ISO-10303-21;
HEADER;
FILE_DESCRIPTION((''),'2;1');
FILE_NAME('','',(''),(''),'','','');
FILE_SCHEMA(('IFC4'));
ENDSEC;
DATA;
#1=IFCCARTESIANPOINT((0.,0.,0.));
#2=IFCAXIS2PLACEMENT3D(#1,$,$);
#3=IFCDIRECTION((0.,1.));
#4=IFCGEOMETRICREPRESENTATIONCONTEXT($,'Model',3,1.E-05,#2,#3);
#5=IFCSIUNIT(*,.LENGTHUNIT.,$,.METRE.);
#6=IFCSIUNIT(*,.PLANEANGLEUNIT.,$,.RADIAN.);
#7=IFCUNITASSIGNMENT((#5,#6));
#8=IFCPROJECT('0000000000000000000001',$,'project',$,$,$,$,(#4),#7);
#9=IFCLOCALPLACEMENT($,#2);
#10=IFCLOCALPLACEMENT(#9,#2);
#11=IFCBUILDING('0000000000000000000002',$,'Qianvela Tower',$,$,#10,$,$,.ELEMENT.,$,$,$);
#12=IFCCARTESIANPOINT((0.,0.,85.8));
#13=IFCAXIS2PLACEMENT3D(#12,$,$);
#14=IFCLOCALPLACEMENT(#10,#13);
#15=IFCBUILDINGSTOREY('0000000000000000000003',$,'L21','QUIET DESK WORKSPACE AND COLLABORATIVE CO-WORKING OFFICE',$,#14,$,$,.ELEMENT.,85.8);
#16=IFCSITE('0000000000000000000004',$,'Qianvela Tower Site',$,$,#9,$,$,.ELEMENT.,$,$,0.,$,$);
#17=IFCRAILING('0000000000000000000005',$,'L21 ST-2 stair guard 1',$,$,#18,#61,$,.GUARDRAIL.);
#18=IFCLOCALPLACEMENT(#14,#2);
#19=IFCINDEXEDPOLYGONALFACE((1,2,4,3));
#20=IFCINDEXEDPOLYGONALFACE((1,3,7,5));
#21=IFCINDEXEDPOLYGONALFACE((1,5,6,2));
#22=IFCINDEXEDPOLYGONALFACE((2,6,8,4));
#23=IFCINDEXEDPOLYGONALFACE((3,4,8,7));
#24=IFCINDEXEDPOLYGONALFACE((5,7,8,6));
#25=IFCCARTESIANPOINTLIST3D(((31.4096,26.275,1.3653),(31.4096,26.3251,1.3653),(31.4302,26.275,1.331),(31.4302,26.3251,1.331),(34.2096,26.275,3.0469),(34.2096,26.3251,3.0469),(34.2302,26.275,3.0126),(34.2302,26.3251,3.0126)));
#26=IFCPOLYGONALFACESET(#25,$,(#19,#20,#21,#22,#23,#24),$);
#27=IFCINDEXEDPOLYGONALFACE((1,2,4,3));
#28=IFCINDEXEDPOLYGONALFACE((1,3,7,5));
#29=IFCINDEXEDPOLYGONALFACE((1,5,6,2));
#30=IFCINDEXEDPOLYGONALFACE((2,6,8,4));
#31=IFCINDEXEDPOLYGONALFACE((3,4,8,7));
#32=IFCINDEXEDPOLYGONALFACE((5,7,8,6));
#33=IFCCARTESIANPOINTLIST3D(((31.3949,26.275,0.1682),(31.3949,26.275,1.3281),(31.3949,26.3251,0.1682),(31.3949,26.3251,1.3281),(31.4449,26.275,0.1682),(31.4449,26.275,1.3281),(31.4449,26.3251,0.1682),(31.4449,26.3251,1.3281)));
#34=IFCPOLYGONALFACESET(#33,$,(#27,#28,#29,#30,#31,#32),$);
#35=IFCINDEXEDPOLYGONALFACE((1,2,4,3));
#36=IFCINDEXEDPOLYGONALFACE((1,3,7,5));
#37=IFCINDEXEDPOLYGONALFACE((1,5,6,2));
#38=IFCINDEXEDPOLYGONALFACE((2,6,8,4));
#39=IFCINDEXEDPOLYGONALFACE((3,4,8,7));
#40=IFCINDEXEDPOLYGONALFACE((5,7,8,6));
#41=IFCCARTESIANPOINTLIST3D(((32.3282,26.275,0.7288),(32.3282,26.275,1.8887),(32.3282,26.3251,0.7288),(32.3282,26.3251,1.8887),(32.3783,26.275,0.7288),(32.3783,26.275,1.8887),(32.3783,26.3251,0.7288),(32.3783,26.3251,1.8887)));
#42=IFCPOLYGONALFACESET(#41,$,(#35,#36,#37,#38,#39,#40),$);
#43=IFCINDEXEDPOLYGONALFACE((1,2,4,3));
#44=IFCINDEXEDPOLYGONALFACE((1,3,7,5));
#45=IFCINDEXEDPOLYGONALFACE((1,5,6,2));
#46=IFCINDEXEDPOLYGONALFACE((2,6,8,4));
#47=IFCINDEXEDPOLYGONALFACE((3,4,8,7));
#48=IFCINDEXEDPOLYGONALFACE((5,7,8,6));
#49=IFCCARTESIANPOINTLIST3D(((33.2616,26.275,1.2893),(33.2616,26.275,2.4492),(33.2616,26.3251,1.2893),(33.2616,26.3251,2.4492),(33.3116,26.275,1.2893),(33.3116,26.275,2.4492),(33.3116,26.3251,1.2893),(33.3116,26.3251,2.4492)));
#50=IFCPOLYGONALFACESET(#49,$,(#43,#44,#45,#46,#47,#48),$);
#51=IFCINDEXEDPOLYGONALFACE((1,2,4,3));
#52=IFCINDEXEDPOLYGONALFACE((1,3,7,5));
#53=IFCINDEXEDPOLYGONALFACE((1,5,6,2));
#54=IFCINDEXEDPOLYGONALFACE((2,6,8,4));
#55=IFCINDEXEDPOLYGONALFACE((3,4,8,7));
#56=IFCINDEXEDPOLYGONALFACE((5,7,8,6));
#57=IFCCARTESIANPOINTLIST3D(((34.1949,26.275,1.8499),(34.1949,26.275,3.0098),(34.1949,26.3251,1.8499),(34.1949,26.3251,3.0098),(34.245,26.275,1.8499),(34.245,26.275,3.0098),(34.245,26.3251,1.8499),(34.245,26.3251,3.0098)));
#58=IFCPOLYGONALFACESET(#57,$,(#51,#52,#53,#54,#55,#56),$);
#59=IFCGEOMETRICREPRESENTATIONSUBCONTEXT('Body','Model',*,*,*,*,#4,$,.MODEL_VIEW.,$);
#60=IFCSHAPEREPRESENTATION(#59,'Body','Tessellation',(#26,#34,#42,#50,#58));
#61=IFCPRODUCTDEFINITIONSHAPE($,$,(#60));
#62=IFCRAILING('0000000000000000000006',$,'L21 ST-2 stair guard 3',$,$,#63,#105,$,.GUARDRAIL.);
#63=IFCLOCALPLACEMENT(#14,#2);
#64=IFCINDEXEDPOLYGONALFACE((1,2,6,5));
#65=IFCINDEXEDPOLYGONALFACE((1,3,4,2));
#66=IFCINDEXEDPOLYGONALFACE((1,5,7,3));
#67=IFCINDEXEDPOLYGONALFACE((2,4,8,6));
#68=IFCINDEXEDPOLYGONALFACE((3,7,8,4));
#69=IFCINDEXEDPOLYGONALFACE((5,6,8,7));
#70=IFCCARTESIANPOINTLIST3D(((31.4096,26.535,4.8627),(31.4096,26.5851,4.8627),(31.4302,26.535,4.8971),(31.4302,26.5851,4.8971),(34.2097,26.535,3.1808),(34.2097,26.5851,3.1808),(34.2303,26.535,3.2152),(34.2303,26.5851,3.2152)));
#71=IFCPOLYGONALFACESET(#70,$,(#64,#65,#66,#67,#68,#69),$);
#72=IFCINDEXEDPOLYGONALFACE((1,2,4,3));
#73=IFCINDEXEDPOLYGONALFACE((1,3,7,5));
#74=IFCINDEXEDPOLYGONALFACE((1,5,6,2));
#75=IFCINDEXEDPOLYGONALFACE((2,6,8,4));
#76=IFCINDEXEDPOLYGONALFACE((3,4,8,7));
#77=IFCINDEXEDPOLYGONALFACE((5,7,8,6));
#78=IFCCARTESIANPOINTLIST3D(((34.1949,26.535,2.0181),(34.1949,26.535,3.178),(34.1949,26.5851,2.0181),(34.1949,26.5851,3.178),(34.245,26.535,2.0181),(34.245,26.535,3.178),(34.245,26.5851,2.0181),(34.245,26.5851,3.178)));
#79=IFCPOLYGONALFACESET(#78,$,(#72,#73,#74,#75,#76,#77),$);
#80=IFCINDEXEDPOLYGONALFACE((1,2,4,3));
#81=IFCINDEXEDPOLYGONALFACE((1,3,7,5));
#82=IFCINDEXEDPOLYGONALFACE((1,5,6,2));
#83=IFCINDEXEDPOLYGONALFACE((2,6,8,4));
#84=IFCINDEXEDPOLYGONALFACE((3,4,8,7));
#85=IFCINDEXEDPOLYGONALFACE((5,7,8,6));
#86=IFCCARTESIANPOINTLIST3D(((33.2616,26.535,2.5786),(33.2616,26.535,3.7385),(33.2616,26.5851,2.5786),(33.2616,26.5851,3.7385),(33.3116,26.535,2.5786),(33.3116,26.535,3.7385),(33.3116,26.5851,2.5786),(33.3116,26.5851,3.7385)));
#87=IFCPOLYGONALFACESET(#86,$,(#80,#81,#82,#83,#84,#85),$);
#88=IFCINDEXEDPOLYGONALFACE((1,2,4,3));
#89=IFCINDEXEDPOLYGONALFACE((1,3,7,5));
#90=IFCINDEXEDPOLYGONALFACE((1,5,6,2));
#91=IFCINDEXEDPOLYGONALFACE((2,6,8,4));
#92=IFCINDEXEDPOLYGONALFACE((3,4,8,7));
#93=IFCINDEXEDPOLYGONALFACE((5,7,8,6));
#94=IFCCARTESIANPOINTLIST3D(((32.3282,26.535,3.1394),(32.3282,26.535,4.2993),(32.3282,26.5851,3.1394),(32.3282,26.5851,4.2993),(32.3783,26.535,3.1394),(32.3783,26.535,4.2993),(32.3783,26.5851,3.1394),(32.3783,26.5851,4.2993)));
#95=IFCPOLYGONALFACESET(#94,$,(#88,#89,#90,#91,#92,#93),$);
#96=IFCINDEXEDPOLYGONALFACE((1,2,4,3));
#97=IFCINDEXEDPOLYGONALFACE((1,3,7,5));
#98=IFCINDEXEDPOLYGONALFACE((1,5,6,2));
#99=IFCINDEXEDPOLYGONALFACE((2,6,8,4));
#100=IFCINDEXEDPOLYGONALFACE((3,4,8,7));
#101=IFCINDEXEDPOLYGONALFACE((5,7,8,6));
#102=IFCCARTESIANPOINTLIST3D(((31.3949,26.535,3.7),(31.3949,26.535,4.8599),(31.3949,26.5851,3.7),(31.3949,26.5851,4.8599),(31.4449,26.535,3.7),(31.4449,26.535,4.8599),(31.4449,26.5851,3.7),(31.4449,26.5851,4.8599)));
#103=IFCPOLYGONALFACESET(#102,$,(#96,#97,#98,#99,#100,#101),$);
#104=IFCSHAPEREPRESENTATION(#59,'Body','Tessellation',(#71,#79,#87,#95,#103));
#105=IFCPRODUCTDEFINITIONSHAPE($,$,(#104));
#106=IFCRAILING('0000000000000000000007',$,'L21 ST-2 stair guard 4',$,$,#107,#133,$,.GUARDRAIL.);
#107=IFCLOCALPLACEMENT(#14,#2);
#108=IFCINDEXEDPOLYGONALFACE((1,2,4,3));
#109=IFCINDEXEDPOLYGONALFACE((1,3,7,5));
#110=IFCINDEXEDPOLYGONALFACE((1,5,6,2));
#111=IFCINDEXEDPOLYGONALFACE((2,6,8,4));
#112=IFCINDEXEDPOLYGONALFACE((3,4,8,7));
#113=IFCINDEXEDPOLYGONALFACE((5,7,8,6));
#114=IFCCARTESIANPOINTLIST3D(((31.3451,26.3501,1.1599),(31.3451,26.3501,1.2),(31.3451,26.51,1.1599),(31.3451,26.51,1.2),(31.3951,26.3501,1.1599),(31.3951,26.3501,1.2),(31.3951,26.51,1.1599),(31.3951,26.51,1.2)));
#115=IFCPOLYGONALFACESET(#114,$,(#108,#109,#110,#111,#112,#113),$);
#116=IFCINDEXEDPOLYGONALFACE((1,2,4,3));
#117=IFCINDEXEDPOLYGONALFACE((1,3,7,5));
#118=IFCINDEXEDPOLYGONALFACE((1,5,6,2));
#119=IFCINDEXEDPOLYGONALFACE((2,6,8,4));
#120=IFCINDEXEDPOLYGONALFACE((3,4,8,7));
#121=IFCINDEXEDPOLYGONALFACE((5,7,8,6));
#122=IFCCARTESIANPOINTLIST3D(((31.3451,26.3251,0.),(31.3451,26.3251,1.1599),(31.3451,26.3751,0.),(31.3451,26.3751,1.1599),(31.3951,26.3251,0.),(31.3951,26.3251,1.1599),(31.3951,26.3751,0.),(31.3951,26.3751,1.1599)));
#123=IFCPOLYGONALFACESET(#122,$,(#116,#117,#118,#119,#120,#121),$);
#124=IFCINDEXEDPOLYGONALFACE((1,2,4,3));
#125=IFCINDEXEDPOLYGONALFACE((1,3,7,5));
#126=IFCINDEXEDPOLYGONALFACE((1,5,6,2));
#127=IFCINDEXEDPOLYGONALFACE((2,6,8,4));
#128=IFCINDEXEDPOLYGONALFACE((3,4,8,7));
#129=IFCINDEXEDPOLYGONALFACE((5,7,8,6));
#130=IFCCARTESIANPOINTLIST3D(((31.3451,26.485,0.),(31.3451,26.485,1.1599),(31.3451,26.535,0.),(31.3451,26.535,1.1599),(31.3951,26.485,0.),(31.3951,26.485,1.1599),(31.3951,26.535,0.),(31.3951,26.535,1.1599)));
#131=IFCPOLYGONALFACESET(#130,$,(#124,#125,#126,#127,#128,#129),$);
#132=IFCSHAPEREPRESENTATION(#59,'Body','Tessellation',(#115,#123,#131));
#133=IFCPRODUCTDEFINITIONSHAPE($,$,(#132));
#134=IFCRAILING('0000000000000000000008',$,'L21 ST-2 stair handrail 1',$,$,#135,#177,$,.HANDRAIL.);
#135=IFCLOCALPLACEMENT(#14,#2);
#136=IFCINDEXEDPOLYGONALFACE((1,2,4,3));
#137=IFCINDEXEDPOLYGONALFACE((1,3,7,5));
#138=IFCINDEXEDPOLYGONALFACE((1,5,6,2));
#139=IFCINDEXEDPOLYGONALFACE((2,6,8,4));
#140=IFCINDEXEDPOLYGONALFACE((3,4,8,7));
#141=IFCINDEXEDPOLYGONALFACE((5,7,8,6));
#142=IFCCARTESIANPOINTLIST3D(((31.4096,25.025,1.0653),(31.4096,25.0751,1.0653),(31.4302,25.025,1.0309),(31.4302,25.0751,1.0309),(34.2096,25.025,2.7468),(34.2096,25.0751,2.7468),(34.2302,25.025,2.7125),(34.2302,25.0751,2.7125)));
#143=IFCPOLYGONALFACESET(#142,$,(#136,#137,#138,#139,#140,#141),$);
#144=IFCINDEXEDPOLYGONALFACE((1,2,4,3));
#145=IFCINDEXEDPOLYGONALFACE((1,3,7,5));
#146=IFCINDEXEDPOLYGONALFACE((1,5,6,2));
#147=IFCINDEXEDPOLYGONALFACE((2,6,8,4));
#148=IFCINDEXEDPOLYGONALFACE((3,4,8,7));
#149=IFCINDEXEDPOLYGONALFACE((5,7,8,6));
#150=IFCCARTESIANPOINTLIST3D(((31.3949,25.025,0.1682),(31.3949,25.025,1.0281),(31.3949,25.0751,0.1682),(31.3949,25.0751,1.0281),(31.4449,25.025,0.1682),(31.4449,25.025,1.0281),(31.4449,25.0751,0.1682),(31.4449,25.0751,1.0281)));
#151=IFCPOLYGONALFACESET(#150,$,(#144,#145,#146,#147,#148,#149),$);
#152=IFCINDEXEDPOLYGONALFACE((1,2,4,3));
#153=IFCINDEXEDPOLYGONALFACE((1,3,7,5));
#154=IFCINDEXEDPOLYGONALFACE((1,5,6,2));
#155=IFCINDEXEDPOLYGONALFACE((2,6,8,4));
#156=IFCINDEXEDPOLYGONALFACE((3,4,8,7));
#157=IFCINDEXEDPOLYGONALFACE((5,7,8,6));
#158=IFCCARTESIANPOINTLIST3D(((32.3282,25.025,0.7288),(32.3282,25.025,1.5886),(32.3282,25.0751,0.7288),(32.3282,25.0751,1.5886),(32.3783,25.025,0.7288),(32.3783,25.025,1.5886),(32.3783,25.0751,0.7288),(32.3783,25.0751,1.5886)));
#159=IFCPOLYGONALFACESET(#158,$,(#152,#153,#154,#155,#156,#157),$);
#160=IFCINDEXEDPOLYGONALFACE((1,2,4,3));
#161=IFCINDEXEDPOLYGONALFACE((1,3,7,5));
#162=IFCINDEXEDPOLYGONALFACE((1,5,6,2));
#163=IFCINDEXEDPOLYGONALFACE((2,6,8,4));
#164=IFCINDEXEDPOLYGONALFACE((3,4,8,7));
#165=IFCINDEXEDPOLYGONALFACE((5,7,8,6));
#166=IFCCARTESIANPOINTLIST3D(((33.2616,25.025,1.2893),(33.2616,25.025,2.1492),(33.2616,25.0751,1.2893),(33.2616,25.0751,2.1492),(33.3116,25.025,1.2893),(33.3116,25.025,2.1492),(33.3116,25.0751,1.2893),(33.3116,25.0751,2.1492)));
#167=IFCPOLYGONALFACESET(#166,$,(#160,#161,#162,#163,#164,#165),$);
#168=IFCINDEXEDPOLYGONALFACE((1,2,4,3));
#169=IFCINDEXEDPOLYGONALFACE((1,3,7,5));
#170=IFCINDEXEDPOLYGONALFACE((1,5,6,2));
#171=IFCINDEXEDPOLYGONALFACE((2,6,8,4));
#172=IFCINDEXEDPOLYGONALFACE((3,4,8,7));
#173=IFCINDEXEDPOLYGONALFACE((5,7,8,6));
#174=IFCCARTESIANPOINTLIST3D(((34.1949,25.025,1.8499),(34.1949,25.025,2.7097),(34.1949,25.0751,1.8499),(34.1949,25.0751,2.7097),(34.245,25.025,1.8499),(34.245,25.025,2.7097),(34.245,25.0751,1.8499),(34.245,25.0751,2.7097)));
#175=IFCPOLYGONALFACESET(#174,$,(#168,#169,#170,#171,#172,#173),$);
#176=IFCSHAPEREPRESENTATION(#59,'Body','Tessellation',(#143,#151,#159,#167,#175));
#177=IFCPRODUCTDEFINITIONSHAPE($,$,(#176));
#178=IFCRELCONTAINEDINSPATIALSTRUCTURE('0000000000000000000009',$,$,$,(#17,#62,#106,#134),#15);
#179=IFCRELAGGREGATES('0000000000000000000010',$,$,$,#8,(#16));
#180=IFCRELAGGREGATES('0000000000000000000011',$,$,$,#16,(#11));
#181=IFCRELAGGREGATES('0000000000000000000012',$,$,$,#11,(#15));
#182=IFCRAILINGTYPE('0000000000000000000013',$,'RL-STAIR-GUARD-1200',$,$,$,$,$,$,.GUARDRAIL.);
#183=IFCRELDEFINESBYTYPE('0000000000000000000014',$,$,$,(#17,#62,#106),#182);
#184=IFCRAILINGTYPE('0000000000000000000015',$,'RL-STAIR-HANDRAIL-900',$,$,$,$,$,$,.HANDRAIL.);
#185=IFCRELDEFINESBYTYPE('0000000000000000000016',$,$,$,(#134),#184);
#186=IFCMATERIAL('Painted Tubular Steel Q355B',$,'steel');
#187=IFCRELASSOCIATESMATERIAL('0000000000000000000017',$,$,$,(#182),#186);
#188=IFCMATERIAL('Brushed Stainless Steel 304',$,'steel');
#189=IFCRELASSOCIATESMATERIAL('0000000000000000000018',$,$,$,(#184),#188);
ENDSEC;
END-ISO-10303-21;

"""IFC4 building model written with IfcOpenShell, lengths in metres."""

from ifc_helpers import new_model, si_unit, direction, frame, origin, origin_2d, place, context, subcontext, project, spatial, rectangle, extrude, material, type_object, element, save


model = new_model("IFC4")

# Units and contexts
model_context = context("Model", 3, precision=1e-05, world=origin(), true_north=direction((0.0, 1.0)))
body_context = subcontext(model_context, "Body", "Model", "MODEL_VIEW")
ifc_project = project(units=[si_unit("LENGTHUNIT", "METRE"), si_unit("PLANEANGLEUNIT", "RADIAN")], contexts=[model_context])

# Site, building, storey
site_placement = place(None, origin())
site = spatial("IfcSite", under=ifc_project, at=site_placement, Name="Qianvela Tower Site", CompositionType="ELEMENT", RefElevation=0.0)
building_placement = place(site_placement, origin())
building = spatial("IfcBuilding", under=site, at=building_placement, Name="Qianvela Tower", CompositionType="ELEMENT")
storey_placement = place(building_placement, frame((0.0, 0.0, 85.8)))
storey = spatial("IfcBuildingStorey", under=building, at=storey_placement, Name="L21", Description="QUIET DESK WORKSPACE AND COLLABORATIVE CO-WORKING OFFICE", CompositionType="ELEMENT", Elevation=85.8)

# Railings
ifc_material_1 = material(Name="Painted Tubular Steel Q355B", Category="steel")
railing_type_1 = type_object("IfcRailingType", Name="RL-STAIR-GUARD-1200", PredefinedType="GUARDRAIL", material=ifc_material_1)
railing_1_placement = place(storey_placement, frame((31.4199, 26.3, 0.1682)))
element("IfcRailing", 1, at=railing_1_placement, inside=storey, type_object=railing_type_1, Name="L21 ST-2 stair guard 1", PredefinedType="GUARDRAIL", context=body_context, shape_type="SweptSolid", body=[
    extrude(rectangle(XDim=0.05, YDim=0.04, at=origin_2d()), frame((0.0, 0.0, 1.1799), z_axis=(0.857275, 0.0, 0.514858), x_axis=(0.0, 1.0, 0.0)), (0.0, 0.0, 1.0), 3.2661),
    extrude(rectangle(XDim=0.05, YDim=0.05, at=origin_2d()), origin(), (0.0, 0.0, 1.0), 1.1599),
    extrude(rectangle(XDim=0.05, YDim=0.05, at=origin_2d()), frame((0.9333, 0.0, 0.5605)), (0.0, 0.0, 1.0), 1.1599),
    extrude(rectangle(XDim=0.05, YDim=0.05, at=origin_2d()), frame((1.8667, 0.0, 1.1211)), (0.0, 0.0, 1.0), 1.1599),
    extrude(rectangle(XDim=0.05, YDim=0.05, at=origin_2d()), frame((2.8, 0.0, 1.6816)), (0.0, 0.0, 1.0), 1.1599),
])
railing_2_placement = place(storey_placement, frame((34.22, 26.5601, 2.0181)))
element("IfcRailing", 2, at=railing_2_placement, inside=storey, type_object=railing_type_1, Name="L21 ST-2 stair guard 3", PredefinedType="GUARDRAIL", context=body_context, shape_type="SweptSolid", body=[
    extrude(rectangle(XDim=0.05, YDim=0.04, at=origin_2d()), frame((0.0, 0.0, 1.1799), z_axis=(-0.857242, 0.0, 0.514913), x_axis=(0.0, -1.0, 0.0)), (0.0, 0.0, 1.0), 3.2664),
    extrude(rectangle(XDim=0.05, YDim=0.05, at=origin_2d()), origin(), (0.0, 0.0, 1.0), 1.1599),
    extrude(rectangle(XDim=0.05, YDim=0.05, at=origin_2d()), frame((-0.9333, 0.0, 0.5605)), (0.0, 0.0, 1.0), 1.1599),
    extrude(rectangle(XDim=0.05, YDim=0.05, at=origin_2d()), frame((-1.8667, 0.0, 1.1213)), (0.0, 0.0, 1.0), 1.1599),
    extrude(rectangle(XDim=0.05, YDim=0.05, at=origin_2d()), frame((-2.8, 0.0, 1.6819)), (0.0, 0.0, 1.0), 1.1599),
])
railing_3_placement = place(storey_placement, frame((31.3701, 26.3501, 0.0)))
element("IfcRailing", 3, at=railing_3_placement, inside=storey, type_object=railing_type_1, Name="L21 ST-2 stair guard 4", PredefinedType="GUARDRAIL", context=body_context, shape_type="SweptSolid", body=[
    extrude(rectangle(XDim=0.05, YDim=0.04, at=origin_2d()), frame((0.0, 0.0, 1.1799), z_axis=(0.0, 1.0, 0.0), x_axis=(-1.0, 0.0, 0.0)), (0.0, 0.0, 1.0), 0.1599),
    extrude(rectangle(XDim=0.05, YDim=0.05, at=origin_2d()), origin(), (0.0, 0.0, 1.0), 1.1599),
    extrude(rectangle(XDim=0.05, YDim=0.05, at=origin_2d()), frame((0.0, 0.1599, 0.0)), (0.0, 0.0, 1.0), 1.1599),
])
ifc_material_2 = material(Name="Brushed Stainless Steel 304", Category="steel")
railing_type_2 = type_object("IfcRailingType", Name="RL-STAIR-HANDRAIL-900", PredefinedType="HANDRAIL", material=ifc_material_2)
railing_4_placement = place(storey_placement, frame((31.4199, 25.05, 0.1682)))
element("IfcRailing", 4, at=railing_4_placement, inside=storey, type_object=railing_type_2, Name="L21 ST-2 stair handrail 1", PredefinedType="HANDRAIL", context=body_context, shape_type="SweptSolid", body=[
    extrude(rectangle(XDim=0.05, YDim=0.04, at=origin_2d()), frame((0.0, 0.0, 0.8799), z_axis=(0.857275, 0.0, 0.514858), x_axis=(0.0, 1.0, 0.0)), (0.0, 0.0, 1.0), 3.2661),
    extrude(rectangle(XDim=0.05, YDim=0.05, at=origin_2d()), origin(), (0.0, 0.0, 1.0), 0.8599),
    extrude(rectangle(XDim=0.05, YDim=0.05, at=origin_2d()), frame((0.9333, 0.0, 0.5605)), (0.0, 0.0, 1.0), 0.8599),
    extrude(rectangle(XDim=0.05, YDim=0.05, at=origin_2d()), frame((1.8667, 0.0, 1.1211)), (0.0, 0.0, 1.0), 0.8599),
    extrude(rectangle(XDim=0.05, YDim=0.05, at=origin_2d()), frame((2.8, 0.0, 1.6816)), (0.0, 0.0, 1.0), 0.8599),
])

save(model, "model.ifc")
